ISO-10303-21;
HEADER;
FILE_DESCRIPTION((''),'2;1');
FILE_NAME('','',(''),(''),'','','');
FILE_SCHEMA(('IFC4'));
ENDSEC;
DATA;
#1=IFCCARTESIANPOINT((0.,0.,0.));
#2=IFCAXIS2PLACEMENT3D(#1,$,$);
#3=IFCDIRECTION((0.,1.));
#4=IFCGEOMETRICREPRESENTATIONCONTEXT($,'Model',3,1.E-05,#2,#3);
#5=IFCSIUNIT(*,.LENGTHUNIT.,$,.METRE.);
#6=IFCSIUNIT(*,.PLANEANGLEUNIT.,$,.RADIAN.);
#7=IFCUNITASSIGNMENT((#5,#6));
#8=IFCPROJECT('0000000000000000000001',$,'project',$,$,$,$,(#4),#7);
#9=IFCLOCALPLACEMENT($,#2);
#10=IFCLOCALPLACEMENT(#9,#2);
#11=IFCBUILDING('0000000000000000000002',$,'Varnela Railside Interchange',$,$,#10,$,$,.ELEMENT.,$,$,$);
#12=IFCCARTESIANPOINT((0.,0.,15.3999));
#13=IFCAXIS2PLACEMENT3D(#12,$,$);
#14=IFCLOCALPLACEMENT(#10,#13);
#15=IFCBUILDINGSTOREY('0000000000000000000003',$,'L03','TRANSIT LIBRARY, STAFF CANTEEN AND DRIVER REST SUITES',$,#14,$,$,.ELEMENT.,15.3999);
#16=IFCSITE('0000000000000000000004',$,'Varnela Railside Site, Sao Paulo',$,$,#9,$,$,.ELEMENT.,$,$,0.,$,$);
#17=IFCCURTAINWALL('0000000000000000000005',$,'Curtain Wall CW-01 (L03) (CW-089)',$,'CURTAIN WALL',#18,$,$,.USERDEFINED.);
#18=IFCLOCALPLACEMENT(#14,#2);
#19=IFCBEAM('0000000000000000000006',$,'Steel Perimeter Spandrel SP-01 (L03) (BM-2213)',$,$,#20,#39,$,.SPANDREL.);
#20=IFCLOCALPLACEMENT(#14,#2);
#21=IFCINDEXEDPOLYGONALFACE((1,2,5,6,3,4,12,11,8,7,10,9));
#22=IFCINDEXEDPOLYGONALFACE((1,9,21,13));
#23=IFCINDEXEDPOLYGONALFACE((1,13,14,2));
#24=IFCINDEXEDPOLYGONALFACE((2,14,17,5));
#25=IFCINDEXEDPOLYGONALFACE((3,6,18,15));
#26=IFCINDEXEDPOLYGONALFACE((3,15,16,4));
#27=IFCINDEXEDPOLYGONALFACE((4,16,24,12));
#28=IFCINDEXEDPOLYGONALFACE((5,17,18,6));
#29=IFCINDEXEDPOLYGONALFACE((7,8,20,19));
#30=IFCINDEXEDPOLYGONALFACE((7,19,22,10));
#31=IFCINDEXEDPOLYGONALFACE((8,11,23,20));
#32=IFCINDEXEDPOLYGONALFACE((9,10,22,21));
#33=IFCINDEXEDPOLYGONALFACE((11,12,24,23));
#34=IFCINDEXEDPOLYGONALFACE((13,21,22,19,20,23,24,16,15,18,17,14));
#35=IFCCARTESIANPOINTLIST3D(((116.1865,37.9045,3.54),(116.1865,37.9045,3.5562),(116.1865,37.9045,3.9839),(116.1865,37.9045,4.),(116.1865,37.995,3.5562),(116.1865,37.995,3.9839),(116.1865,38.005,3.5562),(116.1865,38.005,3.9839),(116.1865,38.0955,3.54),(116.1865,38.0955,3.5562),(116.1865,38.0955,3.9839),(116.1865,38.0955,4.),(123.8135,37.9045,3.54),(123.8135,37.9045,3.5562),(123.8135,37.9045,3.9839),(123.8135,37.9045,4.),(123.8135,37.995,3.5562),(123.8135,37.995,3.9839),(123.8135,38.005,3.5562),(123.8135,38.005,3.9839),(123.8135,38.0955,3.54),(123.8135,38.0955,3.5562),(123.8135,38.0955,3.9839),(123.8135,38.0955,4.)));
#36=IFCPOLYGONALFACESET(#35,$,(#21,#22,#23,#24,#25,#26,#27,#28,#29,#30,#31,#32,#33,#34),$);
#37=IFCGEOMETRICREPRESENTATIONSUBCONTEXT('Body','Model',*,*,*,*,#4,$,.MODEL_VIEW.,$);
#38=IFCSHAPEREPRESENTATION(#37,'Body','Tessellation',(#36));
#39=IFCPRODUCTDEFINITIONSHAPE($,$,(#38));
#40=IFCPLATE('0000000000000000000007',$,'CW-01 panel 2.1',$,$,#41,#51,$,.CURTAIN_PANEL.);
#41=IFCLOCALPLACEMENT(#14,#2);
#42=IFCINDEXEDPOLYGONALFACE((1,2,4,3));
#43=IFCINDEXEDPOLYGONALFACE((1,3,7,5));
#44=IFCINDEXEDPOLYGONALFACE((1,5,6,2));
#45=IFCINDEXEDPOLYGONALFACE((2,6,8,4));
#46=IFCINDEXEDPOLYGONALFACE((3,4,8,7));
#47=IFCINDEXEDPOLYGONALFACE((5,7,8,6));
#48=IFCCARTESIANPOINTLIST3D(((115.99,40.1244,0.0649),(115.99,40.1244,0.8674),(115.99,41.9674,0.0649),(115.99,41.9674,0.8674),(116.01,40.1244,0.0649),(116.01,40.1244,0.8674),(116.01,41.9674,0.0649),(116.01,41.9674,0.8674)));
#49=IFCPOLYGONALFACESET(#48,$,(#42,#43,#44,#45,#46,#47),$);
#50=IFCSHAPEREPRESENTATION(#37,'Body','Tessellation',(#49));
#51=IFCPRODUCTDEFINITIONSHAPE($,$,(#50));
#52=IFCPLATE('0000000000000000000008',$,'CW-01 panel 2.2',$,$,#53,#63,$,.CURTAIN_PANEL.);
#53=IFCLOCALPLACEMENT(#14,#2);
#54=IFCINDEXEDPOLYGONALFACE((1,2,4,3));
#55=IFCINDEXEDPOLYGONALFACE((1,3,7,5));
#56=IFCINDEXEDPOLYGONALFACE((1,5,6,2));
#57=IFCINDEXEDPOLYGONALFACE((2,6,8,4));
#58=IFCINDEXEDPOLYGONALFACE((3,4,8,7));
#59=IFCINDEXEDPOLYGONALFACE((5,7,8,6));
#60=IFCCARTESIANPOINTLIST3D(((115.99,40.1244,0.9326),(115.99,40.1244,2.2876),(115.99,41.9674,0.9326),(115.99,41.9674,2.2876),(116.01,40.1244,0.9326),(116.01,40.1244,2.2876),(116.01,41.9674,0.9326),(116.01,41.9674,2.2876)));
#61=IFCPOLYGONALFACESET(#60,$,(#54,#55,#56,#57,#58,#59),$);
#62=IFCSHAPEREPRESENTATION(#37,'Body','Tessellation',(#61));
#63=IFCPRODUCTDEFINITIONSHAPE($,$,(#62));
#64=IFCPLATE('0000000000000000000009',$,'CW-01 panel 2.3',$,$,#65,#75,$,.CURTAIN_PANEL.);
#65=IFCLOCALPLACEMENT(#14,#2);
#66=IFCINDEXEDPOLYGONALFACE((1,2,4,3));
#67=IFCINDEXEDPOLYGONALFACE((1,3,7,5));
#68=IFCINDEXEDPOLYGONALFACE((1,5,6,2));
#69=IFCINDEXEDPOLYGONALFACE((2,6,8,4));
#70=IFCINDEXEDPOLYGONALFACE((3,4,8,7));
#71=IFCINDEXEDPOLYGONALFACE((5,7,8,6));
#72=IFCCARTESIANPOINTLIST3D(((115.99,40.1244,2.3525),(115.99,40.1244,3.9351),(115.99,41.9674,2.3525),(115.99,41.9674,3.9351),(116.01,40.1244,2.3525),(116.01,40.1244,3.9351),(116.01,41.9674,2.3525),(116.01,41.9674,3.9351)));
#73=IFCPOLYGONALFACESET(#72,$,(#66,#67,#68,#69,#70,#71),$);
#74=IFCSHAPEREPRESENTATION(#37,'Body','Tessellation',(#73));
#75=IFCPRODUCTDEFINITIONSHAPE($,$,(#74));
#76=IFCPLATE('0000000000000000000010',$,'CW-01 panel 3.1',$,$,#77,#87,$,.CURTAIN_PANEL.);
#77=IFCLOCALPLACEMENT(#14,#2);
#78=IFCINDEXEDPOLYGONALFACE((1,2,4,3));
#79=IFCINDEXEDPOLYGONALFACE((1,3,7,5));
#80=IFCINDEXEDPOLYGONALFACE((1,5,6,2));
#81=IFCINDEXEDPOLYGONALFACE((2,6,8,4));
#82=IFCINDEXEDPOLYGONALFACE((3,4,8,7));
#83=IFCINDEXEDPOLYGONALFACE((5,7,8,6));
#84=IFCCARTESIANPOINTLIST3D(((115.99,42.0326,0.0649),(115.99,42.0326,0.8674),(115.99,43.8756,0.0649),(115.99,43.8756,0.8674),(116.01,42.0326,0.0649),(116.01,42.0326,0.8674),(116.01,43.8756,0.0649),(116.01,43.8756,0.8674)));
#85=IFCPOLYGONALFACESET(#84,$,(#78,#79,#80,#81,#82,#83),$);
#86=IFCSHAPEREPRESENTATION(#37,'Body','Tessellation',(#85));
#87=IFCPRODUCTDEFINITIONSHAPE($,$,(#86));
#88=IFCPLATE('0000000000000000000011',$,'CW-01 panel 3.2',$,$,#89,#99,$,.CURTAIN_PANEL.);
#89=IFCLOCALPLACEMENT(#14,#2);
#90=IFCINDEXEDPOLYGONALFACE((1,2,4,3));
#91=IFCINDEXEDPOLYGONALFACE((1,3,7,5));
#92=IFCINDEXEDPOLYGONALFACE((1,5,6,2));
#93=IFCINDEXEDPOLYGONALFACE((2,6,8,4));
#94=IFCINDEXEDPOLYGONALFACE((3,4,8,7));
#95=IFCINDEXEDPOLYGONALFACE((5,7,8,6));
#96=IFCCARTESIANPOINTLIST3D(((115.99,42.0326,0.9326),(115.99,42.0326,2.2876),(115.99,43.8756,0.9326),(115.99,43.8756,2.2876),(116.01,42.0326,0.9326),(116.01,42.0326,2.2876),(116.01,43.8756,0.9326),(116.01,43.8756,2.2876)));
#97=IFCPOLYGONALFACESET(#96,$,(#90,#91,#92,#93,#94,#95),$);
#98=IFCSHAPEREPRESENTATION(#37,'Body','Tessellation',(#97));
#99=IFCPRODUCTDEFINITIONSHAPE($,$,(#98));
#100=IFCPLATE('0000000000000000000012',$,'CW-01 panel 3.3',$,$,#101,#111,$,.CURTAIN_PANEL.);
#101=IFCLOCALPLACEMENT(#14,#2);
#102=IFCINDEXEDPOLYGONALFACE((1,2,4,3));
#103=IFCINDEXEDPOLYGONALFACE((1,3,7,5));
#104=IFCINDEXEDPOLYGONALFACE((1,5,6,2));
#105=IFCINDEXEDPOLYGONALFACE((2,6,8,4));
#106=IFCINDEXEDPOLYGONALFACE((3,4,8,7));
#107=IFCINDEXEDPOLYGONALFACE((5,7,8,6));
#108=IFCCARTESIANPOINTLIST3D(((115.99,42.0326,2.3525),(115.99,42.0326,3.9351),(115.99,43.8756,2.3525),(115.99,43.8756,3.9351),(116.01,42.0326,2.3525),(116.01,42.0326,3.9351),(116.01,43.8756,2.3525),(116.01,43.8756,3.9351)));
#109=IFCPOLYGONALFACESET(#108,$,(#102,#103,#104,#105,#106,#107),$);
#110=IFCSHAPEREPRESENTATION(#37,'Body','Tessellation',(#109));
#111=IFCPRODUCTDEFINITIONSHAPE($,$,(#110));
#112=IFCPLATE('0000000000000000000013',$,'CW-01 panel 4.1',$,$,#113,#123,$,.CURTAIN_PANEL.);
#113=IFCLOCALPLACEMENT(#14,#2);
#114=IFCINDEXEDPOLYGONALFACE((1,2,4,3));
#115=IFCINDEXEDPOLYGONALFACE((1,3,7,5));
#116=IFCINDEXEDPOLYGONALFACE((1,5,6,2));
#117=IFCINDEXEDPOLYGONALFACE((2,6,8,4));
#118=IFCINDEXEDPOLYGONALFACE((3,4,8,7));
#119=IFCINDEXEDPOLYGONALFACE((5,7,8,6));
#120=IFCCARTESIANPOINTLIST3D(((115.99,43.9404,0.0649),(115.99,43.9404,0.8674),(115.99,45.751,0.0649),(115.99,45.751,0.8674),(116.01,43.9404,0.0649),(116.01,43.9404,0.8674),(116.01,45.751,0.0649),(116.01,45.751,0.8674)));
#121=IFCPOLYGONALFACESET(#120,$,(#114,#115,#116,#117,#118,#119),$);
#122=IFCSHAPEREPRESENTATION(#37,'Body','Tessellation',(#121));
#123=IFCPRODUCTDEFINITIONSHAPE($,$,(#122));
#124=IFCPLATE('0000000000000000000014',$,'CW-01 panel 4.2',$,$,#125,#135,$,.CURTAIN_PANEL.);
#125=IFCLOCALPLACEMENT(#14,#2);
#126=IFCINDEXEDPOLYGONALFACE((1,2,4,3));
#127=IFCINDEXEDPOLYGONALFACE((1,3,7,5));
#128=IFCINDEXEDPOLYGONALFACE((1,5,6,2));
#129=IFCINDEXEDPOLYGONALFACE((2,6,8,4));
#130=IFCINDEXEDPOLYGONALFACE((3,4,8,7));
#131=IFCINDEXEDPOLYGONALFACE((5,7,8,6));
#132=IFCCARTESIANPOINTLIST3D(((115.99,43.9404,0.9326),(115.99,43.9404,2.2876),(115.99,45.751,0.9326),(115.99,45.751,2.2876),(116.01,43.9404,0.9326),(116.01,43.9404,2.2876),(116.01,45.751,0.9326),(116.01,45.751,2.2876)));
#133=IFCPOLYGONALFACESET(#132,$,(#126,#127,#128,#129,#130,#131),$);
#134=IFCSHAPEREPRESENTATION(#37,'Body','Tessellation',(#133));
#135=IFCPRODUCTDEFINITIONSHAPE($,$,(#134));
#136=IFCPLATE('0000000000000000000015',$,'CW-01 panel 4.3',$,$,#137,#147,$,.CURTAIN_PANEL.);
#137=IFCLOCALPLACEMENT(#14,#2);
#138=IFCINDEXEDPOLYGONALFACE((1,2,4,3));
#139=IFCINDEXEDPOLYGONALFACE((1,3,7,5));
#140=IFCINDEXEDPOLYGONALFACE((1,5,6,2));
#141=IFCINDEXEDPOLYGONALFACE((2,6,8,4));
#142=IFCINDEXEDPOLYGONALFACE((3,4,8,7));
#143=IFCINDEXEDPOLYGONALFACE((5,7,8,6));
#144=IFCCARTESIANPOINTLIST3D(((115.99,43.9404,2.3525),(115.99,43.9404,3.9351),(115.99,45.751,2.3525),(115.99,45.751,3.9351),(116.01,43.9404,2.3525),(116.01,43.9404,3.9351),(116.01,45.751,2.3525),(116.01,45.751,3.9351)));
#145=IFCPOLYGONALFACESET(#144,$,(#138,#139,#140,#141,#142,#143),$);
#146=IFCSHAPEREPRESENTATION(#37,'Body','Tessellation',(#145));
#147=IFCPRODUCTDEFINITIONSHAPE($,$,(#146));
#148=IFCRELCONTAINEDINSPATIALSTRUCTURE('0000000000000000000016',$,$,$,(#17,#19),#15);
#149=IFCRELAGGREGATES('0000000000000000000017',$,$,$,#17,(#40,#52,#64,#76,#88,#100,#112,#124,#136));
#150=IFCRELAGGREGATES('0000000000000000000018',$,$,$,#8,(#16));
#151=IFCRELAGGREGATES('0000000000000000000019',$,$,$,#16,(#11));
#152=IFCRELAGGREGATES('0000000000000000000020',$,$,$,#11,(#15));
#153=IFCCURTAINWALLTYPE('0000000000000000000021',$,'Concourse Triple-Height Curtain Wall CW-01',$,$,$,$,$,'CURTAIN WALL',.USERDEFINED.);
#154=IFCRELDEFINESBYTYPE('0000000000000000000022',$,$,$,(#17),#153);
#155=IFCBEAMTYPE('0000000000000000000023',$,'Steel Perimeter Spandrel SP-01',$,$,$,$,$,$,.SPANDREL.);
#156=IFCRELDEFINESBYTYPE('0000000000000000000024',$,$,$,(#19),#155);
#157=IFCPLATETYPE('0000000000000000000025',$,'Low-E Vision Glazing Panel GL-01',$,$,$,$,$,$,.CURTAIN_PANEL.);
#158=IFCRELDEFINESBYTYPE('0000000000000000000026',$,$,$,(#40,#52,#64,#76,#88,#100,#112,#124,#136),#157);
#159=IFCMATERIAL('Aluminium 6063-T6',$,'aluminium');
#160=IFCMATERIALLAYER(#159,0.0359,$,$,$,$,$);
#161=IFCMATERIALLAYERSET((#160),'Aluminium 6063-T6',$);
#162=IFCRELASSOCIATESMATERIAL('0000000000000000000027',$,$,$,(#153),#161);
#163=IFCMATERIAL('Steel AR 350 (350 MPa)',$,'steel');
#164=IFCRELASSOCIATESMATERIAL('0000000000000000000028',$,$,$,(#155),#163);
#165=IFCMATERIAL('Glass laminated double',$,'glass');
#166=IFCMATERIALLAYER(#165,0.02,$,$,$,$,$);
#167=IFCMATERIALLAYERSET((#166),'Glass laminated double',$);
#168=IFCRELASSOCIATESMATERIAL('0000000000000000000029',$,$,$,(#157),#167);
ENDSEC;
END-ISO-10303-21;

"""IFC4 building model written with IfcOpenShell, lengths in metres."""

from ifc_helpers import new_model, si_unit, direction, frame, origin, origin_2d, place, context, subcontext, project, spatial, rectangle, i_section, extrude, material, layer, layer_set, material_profile, profile_set, type_object, element, aggregate, save


model = new_model("IFC4")

# Units and contexts
model_context = context("Model", 3, precision=1e-05, world=origin(), true_north=direction((0.0, 1.0)))
body_context = subcontext(model_context, "Body", "Model", "MODEL_VIEW")
ifc_project = project(units=[si_unit("LENGTHUNIT", "METRE"), si_unit("PLANEANGLEUNIT", "RADIAN")], contexts=[model_context])

# Site, building, storey
site_placement = place(None, origin())
site = spatial("IfcSite", under=ifc_project, at=site_placement, Name="Varnela Railside Site, Sao Paulo", CompositionType="ELEMENT", RefElevation=0.0)
building_placement = place(site_placement, origin())
building = spatial("IfcBuilding", under=site, at=building_placement, Name="Varnela Railside Interchange", CompositionType="ELEMENT")
storey_placement = place(building_placement, frame((0.0, 0.0, 15.3999)))
storey = spatial("IfcBuildingStorey", under=building, at=storey_placement, Name="L03", Description="TRANSIT LIBRARY, STAFF CANTEEN AND DRIVER REST SUITES", CompositionType="ELEMENT", Elevation=15.3999)

# Shared definitions
ifc_material_1 = material(Name="Steel AR 350 (350 MPa)", Category="steel")

# Curtain wall
ifc_material_2 = material(Name="Aluminium 6063-T6", Category="aluminium")
ifc_layer_1 = layer(ifc_material_2, 0.0359)
ifc_layer_set_1 = layer_set([ifc_layer_1], Name="Aluminium 6063-T6")
curtain_wall_type = type_object("IfcCurtainWallType", Name="Concourse Triple-Height Curtain Wall CW-01", ElementType="CURTAIN WALL", PredefinedType="USERDEFINED", material=ifc_layer_set_1)
curtain_wall_placement = place(storey_placement, origin())
curtain_wall = element("IfcCurtainWall", 1, at=curtain_wall_placement, inside=storey, type_object=curtain_wall_type, Name="Curtain Wall CW-01 (L03) (CW-089)", ObjectType="CURTAIN WALL", PredefinedType="USERDEFINED")

# Beam
ifc_material_profile_1 = material_profile(ifc_material_1, i_section(OverallWidth=0.1909, OverallDepth=0.46, WebThickness=0.01, FlangeThickness=0.0161, at=origin_2d()), Name="W460x82")
ifc_profile_set_1 = profile_set([ifc_material_profile_1], Name="Steel AR 350 (350 MPa)")
beam_type = type_object("IfcBeamType", Name="Steel Perimeter Spandrel SP-01", PredefinedType="SPANDREL", material=ifc_profile_set_1)
beam_placement = place(storey_placement, frame((116.1865, 38.0, 3.77), z_axis=(1.0, 0.0, 0.0), x_axis=(0.0, 1.0, 0.0)))
element("IfcBeam", 2, at=beam_placement, inside=storey, type_object=beam_type, Name="Steel Perimeter Spandrel SP-01 (L03) (BM-2213)", PredefinedType="SPANDREL", context=body_context, shape_type="SweptSolid", body=[
    extrude(i_section(OverallWidth=0.1909, OverallDepth=0.46, WebThickness=0.01, FlangeThickness=0.0161, at=origin_2d()), origin(), (0.0, 0.0, 1.0), 7.627),
])

# Plates
ifc_material_3 = material(Name="Glass laminated double", Category="glass")
ifc_layer_2 = layer(ifc_material_3, 0.02)
ifc_layer_set_2 = layer_set([ifc_layer_2], Name="Glass laminated double")
plate_type = type_object("IfcPlateType", Name="Low-E Vision Glazing Panel GL-01", PredefinedType="CURTAIN_PANEL", material=ifc_layer_set_2)
plate_1_placement = place(storey_placement, frame((116.0, 41.0459, 0.0649), z_axis=(0.0, 0.0, 1.0), x_axis=(0.0, 1.0, 0.0)))
plate_1 = element("IfcPlate", 3, at=plate_1_placement, type_object=plate_type, Name="CW-01 panel 2.1", PredefinedType="CURTAIN_PANEL", context=body_context, shape_type="SweptSolid", body=[
    extrude(rectangle(XDim=1.843, YDim=0.02, at=origin_2d()), origin(), (0.0, 0.0, 1.0), 0.8025),
])
plate_2_placement = place(storey_placement, frame((116.0, 41.0459, 0.9326), z_axis=(0.0, 0.0, 1.0), x_axis=(0.0, 1.0, 0.0)))
plate_2 = element("IfcPlate", 4, at=plate_2_placement, type_object=plate_type, Name="CW-01 panel 2.2", PredefinedType="CURTAIN_PANEL", context=body_context, shape_type="SweptSolid", body=[
    extrude(rectangle(XDim=1.843, YDim=0.02, at=origin_2d()), origin(), (0.0, 0.0, 1.0), 1.355),
])
plate_3_placement = place(storey_placement, frame((116.0, 41.0459, 2.3525), z_axis=(0.0, 0.0, 1.0), x_axis=(0.0, 1.0, 0.0)))
plate_3 = element("IfcPlate", 5, at=plate_3_placement, type_object=plate_type, Name="CW-01 panel 2.3", PredefinedType="CURTAIN_PANEL", context=body_context, shape_type="SweptSolid", body=[
    extrude(rectangle(XDim=1.843, YDim=0.02, at=origin_2d()), origin(), (0.0, 0.0, 1.0), 1.5825),
])
plate_4_placement = place(storey_placement, frame((116.0, 42.9541, 0.0649), z_axis=(0.0, 0.0, 1.0), x_axis=(0.0, 1.0, 0.0)))
plate_4 = element("IfcPlate", 6, at=plate_4_placement, type_object=plate_type, Name="CW-01 panel 3.1", PredefinedType="CURTAIN_PANEL", context=body_context, shape_type="SweptSolid", body=[
    extrude(rectangle(XDim=1.843, YDim=0.02, at=origin_2d()), origin(), (0.0, 0.0, 1.0), 0.8025),
])
plate_5_placement = place(storey_placement, frame((116.0, 42.9541, 0.9326), z_axis=(0.0, 0.0, 1.0), x_axis=(0.0, 1.0, 0.0)))
plate_5 = element("IfcPlate", 7, at=plate_5_placement, type_object=plate_type, Name="CW-01 panel 3.2", PredefinedType="CURTAIN_PANEL", context=body_context, shape_type="SweptSolid", body=[
    extrude(rectangle(XDim=1.843, YDim=0.02, at=origin_2d()), origin(), (0.0, 0.0, 1.0), 1.355),
])
plate_6_placement = place(storey_placement, frame((116.0, 42.9541, 2.3525), z_axis=(0.0, 0.0, 1.0), x_axis=(0.0, 1.0, 0.0)))
plate_6 = element("IfcPlate", 8, at=plate_6_placement, type_object=plate_type, Name="CW-01 panel 3.3", PredefinedType="CURTAIN_PANEL", context=body_context, shape_type="SweptSolid", body=[
    extrude(rectangle(XDim=1.843, YDim=0.02, at=origin_2d()), origin(), (0.0, 0.0, 1.0), 1.5825),
])
plate_7_placement = place(storey_placement, frame((116.0, 44.8457, 0.0649), z_axis=(0.0, 0.0, 1.0), x_axis=(0.0, 1.0, 0.0)))
plate_7 = element("IfcPlate", 9, at=plate_7_placement, type_object=plate_type, Name="CW-01 panel 4.1", PredefinedType="CURTAIN_PANEL", context=body_context, shape_type="SweptSolid", body=[
    extrude(rectangle(XDim=1.8105, YDim=0.02, at=origin_2d()), origin(), (0.0, 0.0, 1.0), 0.8025),
])
plate_8_placement = place(storey_placement, frame((116.0, 44.8457, 0.9326), z_axis=(0.0, 0.0, 1.0), x_axis=(0.0, 1.0, 0.0)))
plate_8 = element("IfcPlate", 10, at=plate_8_placement, type_object=plate_type, Name="CW-01 panel 4.2", PredefinedType="CURTAIN_PANEL", context=body_context, shape_type="SweptSolid", body=[
    extrude(rectangle(XDim=1.8105, YDim=0.02, at=origin_2d()), origin(), (0.0, 0.0, 1.0), 1.355),
])
plate_9_placement = place(storey_placement, frame((116.0, 44.8457, 2.3525), z_axis=(0.0, 0.0, 1.0), x_axis=(0.0, 1.0, 0.0)))
plate_9 = element("IfcPlate", 11, at=plate_9_placement, type_object=plate_type, Name="CW-01 panel 4.3", PredefinedType="CURTAIN_PANEL", context=body_context, shape_type="SweptSolid", body=[
    extrude(rectangle(XDim=1.8105, YDim=0.02, at=origin_2d()), origin(), (0.0, 0.0, 1.0), 1.5825),
])
aggregate(curtain_wall, [plate_1, plate_2, plate_3, plate_4, plate_5, plate_6, plate_7, plate_8, plate_9])

save(model, "model.ifc")
